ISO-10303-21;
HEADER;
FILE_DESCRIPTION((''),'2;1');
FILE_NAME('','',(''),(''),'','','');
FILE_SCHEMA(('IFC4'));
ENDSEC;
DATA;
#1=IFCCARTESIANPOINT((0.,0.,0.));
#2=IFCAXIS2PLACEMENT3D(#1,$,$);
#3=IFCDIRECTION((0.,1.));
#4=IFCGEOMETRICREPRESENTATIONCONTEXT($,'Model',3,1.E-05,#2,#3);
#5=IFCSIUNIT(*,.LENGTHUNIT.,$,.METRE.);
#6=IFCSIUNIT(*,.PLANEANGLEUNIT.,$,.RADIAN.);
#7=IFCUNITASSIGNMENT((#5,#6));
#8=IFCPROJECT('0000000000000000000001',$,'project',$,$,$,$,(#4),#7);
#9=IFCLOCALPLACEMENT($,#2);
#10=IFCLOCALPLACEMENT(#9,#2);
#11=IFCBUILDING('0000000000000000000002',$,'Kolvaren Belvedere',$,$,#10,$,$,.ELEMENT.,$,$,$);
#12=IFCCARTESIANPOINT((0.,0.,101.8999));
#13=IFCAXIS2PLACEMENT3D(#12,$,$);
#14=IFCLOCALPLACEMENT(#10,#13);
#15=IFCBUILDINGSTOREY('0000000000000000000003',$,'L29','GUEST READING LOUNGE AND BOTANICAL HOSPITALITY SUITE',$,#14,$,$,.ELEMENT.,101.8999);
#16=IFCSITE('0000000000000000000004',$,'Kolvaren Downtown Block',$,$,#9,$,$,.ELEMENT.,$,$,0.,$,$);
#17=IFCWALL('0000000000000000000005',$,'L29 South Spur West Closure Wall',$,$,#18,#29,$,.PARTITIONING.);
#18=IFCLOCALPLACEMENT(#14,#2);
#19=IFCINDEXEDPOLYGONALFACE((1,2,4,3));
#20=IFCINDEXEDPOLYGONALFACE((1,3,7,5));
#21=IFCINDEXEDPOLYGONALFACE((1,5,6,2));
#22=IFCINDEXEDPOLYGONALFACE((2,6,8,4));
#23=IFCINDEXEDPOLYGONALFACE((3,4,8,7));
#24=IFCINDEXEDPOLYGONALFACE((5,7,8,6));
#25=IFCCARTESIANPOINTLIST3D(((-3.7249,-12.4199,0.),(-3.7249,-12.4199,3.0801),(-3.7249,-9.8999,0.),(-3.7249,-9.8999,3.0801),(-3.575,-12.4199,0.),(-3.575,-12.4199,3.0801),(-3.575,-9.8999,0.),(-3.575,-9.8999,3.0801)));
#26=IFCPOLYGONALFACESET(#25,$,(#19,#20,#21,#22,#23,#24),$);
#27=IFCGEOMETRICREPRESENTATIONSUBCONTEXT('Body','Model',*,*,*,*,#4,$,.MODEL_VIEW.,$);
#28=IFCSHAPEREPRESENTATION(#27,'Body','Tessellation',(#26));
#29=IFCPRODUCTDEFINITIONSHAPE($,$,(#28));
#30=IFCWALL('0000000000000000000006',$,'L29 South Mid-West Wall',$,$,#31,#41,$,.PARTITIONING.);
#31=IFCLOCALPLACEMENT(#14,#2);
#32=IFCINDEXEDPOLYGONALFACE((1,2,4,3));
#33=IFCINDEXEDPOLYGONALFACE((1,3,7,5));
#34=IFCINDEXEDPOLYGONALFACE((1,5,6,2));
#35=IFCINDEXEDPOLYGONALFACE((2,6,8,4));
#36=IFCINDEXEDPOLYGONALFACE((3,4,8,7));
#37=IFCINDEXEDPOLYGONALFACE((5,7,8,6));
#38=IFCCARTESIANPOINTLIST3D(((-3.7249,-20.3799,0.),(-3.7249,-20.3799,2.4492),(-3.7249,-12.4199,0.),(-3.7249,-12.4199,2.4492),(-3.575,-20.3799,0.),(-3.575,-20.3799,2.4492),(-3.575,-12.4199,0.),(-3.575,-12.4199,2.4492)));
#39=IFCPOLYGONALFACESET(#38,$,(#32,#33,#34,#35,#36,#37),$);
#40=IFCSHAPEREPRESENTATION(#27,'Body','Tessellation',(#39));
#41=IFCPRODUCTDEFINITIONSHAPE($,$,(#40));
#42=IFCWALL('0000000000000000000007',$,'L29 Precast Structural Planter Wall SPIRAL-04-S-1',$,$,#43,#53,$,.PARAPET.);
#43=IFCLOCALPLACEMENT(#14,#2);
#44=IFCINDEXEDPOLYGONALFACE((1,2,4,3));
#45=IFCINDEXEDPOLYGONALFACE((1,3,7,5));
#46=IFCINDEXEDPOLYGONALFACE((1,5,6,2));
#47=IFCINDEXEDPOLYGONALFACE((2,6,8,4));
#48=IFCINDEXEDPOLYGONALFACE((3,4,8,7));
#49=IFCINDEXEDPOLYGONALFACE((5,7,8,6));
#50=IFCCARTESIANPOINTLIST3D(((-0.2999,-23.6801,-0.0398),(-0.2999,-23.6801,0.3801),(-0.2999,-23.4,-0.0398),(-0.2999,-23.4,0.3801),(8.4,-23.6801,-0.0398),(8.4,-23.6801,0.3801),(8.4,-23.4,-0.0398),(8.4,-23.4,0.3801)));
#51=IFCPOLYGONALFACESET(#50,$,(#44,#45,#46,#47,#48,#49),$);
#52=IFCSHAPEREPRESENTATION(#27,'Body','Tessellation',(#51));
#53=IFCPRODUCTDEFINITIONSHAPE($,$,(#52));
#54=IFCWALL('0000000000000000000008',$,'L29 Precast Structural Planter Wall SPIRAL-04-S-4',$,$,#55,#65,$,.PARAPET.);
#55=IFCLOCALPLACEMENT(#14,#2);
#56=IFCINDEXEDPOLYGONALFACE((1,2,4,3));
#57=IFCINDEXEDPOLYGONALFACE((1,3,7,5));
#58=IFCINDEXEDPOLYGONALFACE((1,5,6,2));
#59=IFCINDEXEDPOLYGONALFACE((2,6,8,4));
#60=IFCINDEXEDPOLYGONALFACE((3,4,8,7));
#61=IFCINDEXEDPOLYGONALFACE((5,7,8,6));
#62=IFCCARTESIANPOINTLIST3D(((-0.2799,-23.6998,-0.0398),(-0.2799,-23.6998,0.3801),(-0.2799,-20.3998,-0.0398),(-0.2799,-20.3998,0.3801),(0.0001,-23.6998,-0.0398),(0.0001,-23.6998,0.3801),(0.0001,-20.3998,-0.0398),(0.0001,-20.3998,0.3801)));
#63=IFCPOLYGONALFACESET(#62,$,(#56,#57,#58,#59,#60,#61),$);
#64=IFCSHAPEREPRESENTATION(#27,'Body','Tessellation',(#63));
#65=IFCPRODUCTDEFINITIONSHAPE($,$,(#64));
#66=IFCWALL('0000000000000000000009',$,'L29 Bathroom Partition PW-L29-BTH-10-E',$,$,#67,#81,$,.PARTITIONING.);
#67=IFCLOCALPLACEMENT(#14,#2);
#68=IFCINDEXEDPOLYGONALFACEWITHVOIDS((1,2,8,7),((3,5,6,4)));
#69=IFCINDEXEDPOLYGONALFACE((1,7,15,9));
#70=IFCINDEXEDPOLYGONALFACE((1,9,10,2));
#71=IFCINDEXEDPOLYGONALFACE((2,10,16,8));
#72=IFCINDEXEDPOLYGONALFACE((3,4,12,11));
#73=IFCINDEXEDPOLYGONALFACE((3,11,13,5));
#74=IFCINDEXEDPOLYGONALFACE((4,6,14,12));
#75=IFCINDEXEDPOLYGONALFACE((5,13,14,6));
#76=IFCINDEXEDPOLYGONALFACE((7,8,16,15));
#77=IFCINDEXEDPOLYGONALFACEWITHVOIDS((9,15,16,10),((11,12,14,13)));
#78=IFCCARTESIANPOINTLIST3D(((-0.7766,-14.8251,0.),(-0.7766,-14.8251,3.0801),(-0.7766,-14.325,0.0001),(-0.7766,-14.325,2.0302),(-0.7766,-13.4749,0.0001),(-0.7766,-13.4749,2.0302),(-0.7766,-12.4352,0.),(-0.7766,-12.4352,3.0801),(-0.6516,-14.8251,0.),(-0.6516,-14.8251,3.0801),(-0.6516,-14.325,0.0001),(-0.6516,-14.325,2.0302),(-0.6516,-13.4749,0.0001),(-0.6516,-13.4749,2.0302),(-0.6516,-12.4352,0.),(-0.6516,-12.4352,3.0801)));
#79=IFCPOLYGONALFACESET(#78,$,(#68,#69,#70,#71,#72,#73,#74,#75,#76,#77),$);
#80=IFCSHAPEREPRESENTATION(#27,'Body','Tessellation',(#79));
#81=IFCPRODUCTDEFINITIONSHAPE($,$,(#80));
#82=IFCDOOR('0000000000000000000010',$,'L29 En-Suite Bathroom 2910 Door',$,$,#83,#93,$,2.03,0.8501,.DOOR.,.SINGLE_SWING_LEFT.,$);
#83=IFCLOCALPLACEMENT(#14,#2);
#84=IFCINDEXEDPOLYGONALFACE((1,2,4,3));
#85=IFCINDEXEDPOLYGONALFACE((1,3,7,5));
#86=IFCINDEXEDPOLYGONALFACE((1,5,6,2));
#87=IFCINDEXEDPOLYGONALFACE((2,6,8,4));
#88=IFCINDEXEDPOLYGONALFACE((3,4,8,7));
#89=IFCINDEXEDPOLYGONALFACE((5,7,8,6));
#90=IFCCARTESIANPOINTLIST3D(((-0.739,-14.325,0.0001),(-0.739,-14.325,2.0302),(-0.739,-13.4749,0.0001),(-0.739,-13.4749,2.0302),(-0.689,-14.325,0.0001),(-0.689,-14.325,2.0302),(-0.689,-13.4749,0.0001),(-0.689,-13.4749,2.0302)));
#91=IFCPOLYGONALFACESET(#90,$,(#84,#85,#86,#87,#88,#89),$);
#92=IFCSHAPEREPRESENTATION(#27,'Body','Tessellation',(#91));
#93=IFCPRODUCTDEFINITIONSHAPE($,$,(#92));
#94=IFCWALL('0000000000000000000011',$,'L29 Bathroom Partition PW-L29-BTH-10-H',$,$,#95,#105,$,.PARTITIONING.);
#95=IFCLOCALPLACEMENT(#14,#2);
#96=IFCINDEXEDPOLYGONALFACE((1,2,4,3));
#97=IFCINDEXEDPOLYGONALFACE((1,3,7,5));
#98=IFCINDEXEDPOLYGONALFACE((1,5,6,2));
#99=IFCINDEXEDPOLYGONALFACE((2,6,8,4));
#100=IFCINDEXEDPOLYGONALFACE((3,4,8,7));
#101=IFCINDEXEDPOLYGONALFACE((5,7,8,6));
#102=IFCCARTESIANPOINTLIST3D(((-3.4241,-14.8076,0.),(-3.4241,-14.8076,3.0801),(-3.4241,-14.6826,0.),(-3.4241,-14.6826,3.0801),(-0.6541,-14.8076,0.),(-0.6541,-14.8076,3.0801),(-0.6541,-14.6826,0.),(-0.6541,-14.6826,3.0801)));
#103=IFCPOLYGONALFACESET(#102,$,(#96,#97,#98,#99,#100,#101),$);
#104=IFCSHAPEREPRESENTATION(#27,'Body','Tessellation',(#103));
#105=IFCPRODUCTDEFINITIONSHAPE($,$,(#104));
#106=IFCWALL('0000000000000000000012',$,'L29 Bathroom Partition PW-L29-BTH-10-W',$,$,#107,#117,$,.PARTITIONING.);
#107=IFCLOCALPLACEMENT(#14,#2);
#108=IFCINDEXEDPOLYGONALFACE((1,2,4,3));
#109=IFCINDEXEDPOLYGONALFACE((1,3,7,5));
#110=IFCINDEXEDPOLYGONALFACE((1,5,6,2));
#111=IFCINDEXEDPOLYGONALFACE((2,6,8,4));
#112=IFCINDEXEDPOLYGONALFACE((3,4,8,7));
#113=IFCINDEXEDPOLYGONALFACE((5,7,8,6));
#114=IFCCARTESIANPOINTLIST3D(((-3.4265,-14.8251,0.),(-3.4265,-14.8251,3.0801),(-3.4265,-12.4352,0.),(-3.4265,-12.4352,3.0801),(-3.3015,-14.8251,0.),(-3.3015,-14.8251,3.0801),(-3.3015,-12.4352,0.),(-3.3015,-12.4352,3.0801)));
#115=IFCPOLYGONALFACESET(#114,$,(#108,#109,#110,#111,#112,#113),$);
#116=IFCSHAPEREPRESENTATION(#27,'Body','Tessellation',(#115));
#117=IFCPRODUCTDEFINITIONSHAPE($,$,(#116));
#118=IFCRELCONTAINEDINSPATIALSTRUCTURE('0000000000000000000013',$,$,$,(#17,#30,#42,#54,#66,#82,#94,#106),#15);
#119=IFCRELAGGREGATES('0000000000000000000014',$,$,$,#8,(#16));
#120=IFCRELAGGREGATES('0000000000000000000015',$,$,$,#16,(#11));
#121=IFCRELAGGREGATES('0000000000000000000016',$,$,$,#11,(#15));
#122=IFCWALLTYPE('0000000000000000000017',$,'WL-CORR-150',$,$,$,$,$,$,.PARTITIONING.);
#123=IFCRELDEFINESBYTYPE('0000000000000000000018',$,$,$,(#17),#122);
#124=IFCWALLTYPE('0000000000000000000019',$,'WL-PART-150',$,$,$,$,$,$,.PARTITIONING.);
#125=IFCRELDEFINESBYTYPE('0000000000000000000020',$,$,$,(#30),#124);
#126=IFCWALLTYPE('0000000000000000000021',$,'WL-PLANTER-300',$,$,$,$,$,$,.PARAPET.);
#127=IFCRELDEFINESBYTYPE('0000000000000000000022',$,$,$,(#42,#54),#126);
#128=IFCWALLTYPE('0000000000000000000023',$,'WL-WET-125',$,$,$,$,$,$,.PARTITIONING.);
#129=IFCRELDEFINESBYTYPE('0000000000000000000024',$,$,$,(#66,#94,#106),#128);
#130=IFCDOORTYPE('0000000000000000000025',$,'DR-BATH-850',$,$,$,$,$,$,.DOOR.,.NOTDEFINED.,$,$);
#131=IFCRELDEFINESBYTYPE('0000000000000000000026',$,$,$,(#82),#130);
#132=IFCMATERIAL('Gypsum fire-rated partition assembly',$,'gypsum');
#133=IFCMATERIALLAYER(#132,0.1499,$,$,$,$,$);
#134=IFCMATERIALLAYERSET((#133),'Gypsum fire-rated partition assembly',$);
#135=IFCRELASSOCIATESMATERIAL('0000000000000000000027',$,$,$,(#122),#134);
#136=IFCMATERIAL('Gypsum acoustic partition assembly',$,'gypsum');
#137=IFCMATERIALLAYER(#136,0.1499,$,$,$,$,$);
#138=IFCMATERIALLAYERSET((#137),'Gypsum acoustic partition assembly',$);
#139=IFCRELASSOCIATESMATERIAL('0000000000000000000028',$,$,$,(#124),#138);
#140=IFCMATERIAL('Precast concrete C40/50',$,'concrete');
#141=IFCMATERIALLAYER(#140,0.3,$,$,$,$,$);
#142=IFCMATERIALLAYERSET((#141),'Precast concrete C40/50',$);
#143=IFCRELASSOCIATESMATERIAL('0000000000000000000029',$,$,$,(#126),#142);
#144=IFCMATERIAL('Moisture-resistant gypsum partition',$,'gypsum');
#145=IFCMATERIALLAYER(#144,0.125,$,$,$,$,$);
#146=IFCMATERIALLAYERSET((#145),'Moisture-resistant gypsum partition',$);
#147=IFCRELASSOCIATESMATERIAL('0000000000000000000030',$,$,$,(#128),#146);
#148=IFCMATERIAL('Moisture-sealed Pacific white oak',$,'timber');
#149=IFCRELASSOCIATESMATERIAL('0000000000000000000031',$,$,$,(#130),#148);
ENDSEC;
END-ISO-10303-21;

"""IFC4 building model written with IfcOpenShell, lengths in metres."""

from ifc_helpers import new_model, si_unit, direction, frame, frame_2d, origin, place, context, subcontext, project, spatial, rectangle, extrude, material, layer, layer_set, type_object, element, fill, save


model = new_model("IFC4")

# Units and contexts
model_context = context("Model", 3, precision=1e-05, world=origin(), true_north=direction((0.0, 1.0)))
body_context = subcontext(model_context, "Body", "Model", "MODEL_VIEW")
ifc_project = project(units=[si_unit("LENGTHUNIT", "METRE"), si_unit("PLANEANGLEUNIT", "RADIAN")], contexts=[model_context])

# Site, building, storey
site_placement = place(None, origin())
site = spatial("IfcSite", under=ifc_project, at=site_placement, Name="Kolvaren Downtown Block", CompositionType="ELEMENT", RefElevation=0.0)
building_placement = place(site_placement, origin())
building = spatial("IfcBuilding", under=site, at=building_placement, Name="Kolvaren Belvedere", CompositionType="ELEMENT")
storey_placement = place(building_placement, frame((0.0, 0.0, 101.8999)))
storey = spatial("IfcBuildingStorey", under=building, at=storey_placement, Name="L29", Description="GUEST READING LOUNGE AND BOTANICAL HOSPITALITY SUITE", CompositionType="ELEMENT", Elevation=101.8999)

# Shared definitions
ifc_material_1 = material(Name="Gypsum fire-rated partition assembly", Category="gypsum")
ifc_layer_1 = layer(ifc_material_1, 0.1499)
ifc_layer_set_1 = layer_set([ifc_layer_1], Name="Gypsum fire-rated partition assembly")
wall_type_1 = type_object("IfcWallType", Name="WL-CORR-150", PredefinedType="PARTITIONING", material=ifc_layer_set_1)

# Walls
wall_1_placement = place(storey_placement, frame((-3.6499, -12.4199, 0.0), z_axis=(0.0, 0.0, 1.0), x_axis=(0.0, 1.0, 0.0)))
element("IfcWall", 1, at=wall_1_placement, inside=storey, type_object=wall_type_1, Name="L29 South Spur West Closure Wall", PredefinedType="PARTITIONING", context=body_context, shape_type="SweptSolid", body=[
    extrude(rectangle(XDim=2.52, YDim=0.1499, at=frame_2d((1.26, 0.0))), origin(), (0.0, 0.0, 1.0), 3.0801),
])
ifc_material_2 = material(Name="Gypsum acoustic partition assembly", Category="gypsum")
ifc_layer_2 = layer(ifc_material_2, 0.1499)
ifc_layer_set_2 = layer_set([ifc_layer_2], Name="Gypsum acoustic partition assembly")
wall_type_2 = type_object("IfcWallType", Name="WL-PART-150", PredefinedType="PARTITIONING", material=ifc_layer_set_2)
wall_2_placement = place(storey_placement, frame((-3.6499, -20.3799, 0.0), z_axis=(0.0, 0.0, 1.0), x_axis=(0.0, 1.0, 0.0)))
element("IfcWall", 2, at=wall_2_placement, inside=storey, type_object=wall_type_2, Name="L29 South Mid-West Wall", PredefinedType="PARTITIONING", context=body_context, shape_type="SweptSolid", body=[
    extrude(rectangle(XDim=7.96, YDim=0.1499, at=frame_2d((3.98, 0.0))), origin(), (0.0, 0.0, 1.0), 2.4492),
])
ifc_material_3 = material(Name="Precast concrete C40/50", Category="concrete")
ifc_layer_3 = layer(ifc_material_3, 0.3)
ifc_layer_set_3 = layer_set([ifc_layer_3], Name="Precast concrete C40/50")
wall_type_3 = type_object("IfcWallType", Name="WL-PLANTER-300", PredefinedType="PARAPET", material=ifc_layer_set_3)
wall_3_placement = place(storey_placement, frame((-0.3, -23.54, -0.0398), z_axis=(0.0, 0.0, 1.0), x_axis=(1.0, 0.0, 0.0)))
element("IfcWall", 3, at=wall_3_placement, inside=storey, type_object=wall_type_3, Name="L29 Precast Structural Planter Wall SPIRAL-04-S-1", PredefinedType="PARAPET", context=body_context, shape_type="SweptSolid", body=[
    extrude(rectangle(XDim=8.7, YDim=0.28, at=frame_2d((4.3501, 0.0))), origin(), (0.0, 0.0, 1.0), 0.4199),
])
wall_4_placement = place(storey_placement, frame((-0.1399, -20.3999, -0.0398), z_axis=(0.0, 0.0, 1.0), x_axis=(0.0, -1.0, 0.0)))
element("IfcWall", 4, at=wall_4_placement, inside=storey, type_object=wall_type_3, Name="L29 Precast Structural Planter Wall SPIRAL-04-S-4", PredefinedType="PARAPET", context=body_context, shape_type="SweptSolid", body=[
    extrude(rectangle(XDim=3.3, YDim=0.28, at=frame_2d((1.6499, 0.0))), origin(), (0.0, 0.0, 1.0), 0.4199),
])

# Wall, opening, door
ifc_material_4 = material(Name="Moisture-resistant gypsum partition", Category="gypsum")
ifc_layer_4 = layer(ifc_material_4, 0.125)
ifc_layer_set_4 = layer_set([ifc_layer_4], Name="Moisture-resistant gypsum partition")
wall_type_4 = type_object("IfcWallType", Name="WL-WET-125", PredefinedType="PARTITIONING", material=ifc_layer_set_4)
wall_5_placement = place(storey_placement, frame((-0.7141, -14.825, 0.0), z_axis=(0.0, 0.0, 1.0), x_axis=(0.0, 1.0, 0.0)))
wall_5 = element("IfcWall", 5, at=wall_5_placement, inside=storey, type_object=wall_type_4, Name="L29 Bathroom Partition PW-L29-BTH-10-E", PredefinedType="PARTITIONING", context=body_context, shape_type="SweptSolid", body=[
    extrude(rectangle(XDim=2.3899, YDim=0.125, at=frame_2d((1.1948, 0.0))), origin(), (0.0, 0.0, 1.0), 3.0801),
])
opening_1_placement = place(wall_5_placement, frame((0.5, 0.0, 0.0)))
opening_1 = element("IfcOpeningElement", 6, at=opening_1_placement, cuts=wall_5, PredefinedType="OPENING", context=body_context, shape_type="SweptSolid", body=[
    extrude(rectangle(XDim=0.8501, YDim=2.03, at=frame_2d((0.425, 1.0151))), frame((0.0, 0.0725, 0.0), z_axis=(0.0, -1.0, 0.0), x_axis=(1.0, 0.0, 0.0)), (0.0, 0.0, 1.0), 0.145),
])
ifc_material_5 = material(Name="Moisture-sealed Pacific white oak", Category="timber")
door_type_1 = type_object("IfcDoorType", Name="DR-BATH-850", OperationType="NOTDEFINED", PredefinedType="DOOR", material=ifc_material_5)
door_1_placement = place(opening_1_placement, origin())
door_1 = element("IfcDoor", 7, at=door_1_placement, inside=storey, type_object=door_type_1, Name="L29 En-Suite Bathroom 2910 Door", OperationType="SINGLE_SWING_LEFT", OverallHeight=2.03, OverallWidth=0.8501, PredefinedType="DOOR", context=body_context, shape_type="SweptSolid", body=[
    extrude(rectangle(XDim=0.8501, YDim=2.03, at=frame_2d((0.425, 1.0151))), frame((0.0, 0.0249, 0.0), z_axis=(0.0, -1.0, 0.0), x_axis=(1.0, 0.0, 0.0)), (0.0, 0.0, 1.0), 0.05),
])
fill(opening_1, door_1)

# Walls
wall_6_placement = place(storey_placement, frame((-3.4241, -14.7451, 0.0), z_axis=(0.0, 0.0, 1.0), x_axis=(1.0, 0.0, 0.0)))
element("IfcWall", 8, at=wall_6_placement, inside=storey, type_object=wall_type_4, Name="L29 Bathroom Partition PW-L29-BTH-10-H", PredefinedType="PARTITIONING", context=body_context, shape_type="SweptSolid", body=[
    extrude(rectangle(XDim=2.77, YDim=0.125, at=frame_2d((1.385, 0.0))), origin(), (0.0, 0.0, 1.0), 3.0801),
])
wall_7_placement = place(storey_placement, frame((-3.364, -14.825, 0.0), z_axis=(0.0, 0.0, 1.0), x_axis=(0.0, 1.0, 0.0)))
element("IfcWall", 9, at=wall_7_placement, inside=storey, type_object=wall_type_4, Name="L29 Bathroom Partition PW-L29-BTH-10-W", PredefinedType="PARTITIONING", context=body_context, shape_type="SweptSolid", body=[
    extrude(rectangle(XDim=2.3899, YDim=0.125, at=frame_2d((1.1948, 0.0))), origin(), (0.0, 0.0, 1.0), 3.0801),
])

save(model, "model.ifc")
